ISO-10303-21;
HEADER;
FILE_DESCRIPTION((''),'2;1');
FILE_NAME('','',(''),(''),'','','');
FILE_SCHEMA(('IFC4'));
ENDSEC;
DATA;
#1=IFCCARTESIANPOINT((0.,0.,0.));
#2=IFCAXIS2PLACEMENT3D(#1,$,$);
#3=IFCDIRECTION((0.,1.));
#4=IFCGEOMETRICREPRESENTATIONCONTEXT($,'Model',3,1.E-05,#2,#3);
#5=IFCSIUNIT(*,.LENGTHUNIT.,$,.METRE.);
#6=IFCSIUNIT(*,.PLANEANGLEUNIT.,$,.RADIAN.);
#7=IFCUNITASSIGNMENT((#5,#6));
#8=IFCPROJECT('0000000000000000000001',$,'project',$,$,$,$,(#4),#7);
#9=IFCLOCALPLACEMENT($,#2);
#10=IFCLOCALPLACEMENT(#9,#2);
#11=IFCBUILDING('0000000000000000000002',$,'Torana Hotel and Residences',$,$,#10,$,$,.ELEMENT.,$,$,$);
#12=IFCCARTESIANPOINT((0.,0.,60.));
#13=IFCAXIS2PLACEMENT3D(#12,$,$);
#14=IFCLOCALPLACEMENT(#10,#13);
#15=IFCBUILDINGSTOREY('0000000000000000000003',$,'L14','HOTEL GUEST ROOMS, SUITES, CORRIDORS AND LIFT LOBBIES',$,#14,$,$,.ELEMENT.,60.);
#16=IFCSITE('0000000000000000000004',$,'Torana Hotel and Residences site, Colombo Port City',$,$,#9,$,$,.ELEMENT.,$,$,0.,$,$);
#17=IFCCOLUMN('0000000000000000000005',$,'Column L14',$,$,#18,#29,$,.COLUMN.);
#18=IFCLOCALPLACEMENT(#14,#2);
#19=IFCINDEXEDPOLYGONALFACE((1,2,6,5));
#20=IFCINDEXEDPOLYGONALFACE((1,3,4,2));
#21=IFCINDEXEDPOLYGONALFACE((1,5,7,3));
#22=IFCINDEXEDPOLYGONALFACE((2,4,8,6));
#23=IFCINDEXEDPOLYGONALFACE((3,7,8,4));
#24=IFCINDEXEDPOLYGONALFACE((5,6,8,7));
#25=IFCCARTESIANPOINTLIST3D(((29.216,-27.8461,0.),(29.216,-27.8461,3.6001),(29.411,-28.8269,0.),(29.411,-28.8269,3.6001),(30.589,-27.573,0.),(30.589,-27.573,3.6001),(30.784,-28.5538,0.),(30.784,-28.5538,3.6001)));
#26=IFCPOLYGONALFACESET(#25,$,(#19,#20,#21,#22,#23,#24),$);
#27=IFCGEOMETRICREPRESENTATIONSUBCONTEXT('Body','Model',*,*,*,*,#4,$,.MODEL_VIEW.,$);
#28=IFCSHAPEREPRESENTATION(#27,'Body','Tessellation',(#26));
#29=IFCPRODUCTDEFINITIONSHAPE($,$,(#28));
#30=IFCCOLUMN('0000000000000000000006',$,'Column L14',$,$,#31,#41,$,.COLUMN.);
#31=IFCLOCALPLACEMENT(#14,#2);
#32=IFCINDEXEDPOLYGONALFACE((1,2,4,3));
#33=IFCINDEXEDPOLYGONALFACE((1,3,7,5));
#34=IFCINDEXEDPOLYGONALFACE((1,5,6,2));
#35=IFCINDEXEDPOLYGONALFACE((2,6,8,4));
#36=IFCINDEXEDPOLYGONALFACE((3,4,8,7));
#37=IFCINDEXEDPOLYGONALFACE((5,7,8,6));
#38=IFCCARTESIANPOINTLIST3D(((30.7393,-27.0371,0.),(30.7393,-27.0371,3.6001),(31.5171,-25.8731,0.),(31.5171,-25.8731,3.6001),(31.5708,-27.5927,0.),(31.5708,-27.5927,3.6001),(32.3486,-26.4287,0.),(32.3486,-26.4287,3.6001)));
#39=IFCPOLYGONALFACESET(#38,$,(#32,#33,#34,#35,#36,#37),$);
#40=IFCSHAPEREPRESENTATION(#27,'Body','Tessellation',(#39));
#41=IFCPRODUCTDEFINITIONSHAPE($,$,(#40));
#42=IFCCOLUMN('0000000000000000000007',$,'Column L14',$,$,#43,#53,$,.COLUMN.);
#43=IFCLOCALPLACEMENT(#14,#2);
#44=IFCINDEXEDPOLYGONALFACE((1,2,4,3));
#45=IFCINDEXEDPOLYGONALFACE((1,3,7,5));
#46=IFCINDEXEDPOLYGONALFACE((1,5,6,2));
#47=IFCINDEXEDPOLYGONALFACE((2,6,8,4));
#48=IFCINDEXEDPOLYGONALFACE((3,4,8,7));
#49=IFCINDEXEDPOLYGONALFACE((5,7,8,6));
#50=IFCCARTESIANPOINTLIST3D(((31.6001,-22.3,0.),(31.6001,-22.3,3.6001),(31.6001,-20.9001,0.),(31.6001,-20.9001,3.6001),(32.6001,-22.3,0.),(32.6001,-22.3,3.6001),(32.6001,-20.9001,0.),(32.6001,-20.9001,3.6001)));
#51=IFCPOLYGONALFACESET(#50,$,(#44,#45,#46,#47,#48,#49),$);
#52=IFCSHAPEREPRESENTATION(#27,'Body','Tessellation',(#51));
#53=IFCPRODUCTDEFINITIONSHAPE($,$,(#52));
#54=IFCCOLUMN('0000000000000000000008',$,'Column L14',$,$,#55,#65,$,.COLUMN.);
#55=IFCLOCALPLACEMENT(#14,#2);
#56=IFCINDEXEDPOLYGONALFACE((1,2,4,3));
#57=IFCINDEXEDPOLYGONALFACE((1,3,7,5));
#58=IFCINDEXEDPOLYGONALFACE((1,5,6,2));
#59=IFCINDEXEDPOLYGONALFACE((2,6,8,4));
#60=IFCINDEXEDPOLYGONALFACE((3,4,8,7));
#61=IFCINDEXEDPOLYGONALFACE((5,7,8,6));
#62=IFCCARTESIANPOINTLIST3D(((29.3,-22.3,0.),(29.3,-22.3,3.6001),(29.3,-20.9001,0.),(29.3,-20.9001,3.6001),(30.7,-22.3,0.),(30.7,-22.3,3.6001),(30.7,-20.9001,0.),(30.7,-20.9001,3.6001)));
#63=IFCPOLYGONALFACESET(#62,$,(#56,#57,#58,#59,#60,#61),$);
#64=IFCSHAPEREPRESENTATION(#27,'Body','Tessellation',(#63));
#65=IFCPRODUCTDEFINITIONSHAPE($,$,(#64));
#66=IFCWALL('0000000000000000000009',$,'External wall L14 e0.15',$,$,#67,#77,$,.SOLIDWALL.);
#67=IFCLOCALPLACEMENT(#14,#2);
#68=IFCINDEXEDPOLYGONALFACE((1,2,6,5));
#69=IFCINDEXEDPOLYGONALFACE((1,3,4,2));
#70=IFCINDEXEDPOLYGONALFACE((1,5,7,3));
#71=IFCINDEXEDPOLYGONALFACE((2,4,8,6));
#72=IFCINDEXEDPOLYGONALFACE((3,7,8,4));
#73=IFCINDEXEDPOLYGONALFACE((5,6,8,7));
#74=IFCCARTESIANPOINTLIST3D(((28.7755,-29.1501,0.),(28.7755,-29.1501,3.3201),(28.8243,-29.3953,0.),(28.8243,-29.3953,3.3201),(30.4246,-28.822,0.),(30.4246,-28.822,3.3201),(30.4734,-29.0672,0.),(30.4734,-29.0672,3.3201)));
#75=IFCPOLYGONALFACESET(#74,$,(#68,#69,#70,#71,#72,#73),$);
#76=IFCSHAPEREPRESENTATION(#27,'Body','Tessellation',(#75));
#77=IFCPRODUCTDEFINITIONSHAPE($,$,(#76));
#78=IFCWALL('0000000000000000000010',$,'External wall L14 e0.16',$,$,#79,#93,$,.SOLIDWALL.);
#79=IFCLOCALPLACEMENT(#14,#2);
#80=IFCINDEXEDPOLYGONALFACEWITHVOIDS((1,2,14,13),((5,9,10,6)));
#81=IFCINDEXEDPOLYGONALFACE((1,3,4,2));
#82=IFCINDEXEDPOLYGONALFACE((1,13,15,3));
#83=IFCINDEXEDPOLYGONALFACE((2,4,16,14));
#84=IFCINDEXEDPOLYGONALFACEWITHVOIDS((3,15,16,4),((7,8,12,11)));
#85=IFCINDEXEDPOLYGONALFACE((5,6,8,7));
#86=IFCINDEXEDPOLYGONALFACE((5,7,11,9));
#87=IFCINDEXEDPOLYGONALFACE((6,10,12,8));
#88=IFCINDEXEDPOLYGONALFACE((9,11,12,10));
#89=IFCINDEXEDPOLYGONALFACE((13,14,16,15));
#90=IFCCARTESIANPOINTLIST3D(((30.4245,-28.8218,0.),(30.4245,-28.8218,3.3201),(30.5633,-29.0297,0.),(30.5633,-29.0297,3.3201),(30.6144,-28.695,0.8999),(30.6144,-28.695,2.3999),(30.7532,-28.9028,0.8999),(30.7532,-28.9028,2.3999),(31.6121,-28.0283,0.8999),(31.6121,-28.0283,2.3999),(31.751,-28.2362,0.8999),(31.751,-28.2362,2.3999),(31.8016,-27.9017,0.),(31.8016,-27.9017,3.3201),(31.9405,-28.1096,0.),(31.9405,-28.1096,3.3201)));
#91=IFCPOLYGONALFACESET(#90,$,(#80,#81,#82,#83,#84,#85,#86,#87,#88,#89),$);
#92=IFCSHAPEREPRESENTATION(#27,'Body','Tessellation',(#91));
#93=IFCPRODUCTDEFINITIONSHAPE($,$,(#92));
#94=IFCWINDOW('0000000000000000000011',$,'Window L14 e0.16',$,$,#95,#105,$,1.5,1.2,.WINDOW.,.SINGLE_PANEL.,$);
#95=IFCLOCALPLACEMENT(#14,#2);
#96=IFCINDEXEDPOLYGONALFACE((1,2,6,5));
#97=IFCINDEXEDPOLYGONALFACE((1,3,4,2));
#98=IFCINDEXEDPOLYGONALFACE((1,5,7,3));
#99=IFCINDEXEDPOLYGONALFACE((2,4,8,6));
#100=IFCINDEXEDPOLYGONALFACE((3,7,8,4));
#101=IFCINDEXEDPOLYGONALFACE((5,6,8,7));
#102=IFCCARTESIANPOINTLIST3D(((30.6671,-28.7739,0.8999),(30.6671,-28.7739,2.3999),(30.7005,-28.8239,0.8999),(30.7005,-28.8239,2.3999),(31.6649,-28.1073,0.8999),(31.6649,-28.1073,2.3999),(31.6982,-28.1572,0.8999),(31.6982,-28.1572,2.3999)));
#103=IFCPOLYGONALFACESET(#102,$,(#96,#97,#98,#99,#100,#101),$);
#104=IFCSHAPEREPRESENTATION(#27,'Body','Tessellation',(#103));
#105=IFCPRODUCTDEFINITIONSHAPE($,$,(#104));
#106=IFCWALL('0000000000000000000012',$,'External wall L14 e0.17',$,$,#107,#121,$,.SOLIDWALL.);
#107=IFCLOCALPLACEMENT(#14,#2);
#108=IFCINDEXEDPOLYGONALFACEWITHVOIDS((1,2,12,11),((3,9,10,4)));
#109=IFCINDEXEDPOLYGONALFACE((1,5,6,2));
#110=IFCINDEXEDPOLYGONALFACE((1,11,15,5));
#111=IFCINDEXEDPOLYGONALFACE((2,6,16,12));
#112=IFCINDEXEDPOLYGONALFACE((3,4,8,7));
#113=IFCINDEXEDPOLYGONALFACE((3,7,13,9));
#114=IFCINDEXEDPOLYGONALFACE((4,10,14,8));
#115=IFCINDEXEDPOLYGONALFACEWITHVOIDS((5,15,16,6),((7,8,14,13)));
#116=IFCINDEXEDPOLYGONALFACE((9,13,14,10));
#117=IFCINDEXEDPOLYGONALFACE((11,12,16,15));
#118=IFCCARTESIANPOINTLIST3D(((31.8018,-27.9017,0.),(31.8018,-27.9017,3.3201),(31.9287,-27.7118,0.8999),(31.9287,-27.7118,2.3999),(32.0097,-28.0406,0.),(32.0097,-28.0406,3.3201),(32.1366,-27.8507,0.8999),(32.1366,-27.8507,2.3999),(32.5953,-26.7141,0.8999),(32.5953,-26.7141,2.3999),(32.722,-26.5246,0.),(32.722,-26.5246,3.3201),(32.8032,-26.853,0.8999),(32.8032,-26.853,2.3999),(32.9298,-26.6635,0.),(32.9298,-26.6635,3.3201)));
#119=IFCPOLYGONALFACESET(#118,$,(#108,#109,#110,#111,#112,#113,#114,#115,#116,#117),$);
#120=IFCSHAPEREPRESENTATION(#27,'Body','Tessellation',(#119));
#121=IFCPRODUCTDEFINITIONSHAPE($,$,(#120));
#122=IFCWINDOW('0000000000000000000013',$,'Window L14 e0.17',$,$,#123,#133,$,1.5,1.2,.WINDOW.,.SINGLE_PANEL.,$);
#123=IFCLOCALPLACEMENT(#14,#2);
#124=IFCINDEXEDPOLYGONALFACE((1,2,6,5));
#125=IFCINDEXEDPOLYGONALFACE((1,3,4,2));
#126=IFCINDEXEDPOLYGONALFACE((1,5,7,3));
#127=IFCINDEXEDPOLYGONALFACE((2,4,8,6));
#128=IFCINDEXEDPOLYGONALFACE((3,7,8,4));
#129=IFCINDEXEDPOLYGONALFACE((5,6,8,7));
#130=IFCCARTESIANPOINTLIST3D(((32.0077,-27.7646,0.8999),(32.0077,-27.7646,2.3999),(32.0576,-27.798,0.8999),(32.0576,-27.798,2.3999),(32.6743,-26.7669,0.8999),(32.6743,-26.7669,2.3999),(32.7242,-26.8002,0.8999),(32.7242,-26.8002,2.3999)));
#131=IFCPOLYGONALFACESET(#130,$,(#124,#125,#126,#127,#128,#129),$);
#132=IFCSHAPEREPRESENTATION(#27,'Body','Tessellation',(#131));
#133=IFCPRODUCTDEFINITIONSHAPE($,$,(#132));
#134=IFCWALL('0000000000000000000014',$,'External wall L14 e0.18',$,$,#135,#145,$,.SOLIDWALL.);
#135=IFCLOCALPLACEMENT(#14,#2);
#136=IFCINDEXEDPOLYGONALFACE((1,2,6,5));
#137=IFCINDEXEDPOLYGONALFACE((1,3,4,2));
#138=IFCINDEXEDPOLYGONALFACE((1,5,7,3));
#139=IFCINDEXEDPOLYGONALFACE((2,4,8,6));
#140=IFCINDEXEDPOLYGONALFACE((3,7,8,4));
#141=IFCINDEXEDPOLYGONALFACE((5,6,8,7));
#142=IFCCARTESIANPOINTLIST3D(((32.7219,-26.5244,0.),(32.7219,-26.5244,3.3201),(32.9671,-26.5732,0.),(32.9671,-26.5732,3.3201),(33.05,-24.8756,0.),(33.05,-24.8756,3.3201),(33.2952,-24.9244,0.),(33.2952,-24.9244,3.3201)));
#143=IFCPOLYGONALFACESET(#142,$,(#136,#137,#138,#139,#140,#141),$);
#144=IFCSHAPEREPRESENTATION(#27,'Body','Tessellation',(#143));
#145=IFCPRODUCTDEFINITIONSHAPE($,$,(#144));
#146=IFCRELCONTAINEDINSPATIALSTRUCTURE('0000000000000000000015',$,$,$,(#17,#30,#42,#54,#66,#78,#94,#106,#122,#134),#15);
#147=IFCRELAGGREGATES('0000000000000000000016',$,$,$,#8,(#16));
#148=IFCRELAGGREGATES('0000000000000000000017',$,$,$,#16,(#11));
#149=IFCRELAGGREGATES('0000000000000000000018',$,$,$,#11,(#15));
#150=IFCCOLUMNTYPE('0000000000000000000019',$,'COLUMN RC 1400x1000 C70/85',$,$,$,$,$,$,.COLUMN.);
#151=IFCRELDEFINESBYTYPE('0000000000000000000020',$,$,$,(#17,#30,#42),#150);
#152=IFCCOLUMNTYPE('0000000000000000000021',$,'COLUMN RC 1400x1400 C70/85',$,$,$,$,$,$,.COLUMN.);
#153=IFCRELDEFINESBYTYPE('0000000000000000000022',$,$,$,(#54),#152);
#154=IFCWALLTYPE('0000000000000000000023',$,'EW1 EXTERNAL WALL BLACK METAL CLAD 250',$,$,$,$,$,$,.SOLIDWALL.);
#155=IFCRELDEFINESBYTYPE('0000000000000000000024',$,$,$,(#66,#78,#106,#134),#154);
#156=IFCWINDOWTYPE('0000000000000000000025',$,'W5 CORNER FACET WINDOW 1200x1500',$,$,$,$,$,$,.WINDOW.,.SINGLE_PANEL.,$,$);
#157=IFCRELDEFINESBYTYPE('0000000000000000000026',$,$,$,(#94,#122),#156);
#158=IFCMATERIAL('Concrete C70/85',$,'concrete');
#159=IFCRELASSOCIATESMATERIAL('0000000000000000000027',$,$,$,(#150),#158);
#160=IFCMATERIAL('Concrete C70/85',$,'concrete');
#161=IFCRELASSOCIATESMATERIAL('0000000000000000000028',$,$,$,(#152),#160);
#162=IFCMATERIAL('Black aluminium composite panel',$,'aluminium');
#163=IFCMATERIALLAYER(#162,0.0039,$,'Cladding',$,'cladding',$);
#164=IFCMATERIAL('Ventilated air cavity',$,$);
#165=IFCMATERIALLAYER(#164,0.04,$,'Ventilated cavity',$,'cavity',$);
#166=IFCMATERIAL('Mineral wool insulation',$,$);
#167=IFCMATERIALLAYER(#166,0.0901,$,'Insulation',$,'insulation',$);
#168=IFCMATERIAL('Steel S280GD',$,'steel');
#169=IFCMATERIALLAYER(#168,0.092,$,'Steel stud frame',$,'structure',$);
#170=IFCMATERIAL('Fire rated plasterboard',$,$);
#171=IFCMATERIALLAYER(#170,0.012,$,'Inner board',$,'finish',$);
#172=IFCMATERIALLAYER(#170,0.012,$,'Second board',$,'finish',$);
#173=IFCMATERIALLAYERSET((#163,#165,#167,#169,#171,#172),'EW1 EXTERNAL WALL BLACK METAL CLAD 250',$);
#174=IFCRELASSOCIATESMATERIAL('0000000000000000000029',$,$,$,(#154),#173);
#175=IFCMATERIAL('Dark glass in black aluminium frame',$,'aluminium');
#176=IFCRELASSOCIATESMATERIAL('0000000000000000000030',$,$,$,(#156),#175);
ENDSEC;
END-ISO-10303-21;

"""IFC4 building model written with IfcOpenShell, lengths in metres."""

from ifc_helpers import new_model, si_unit, direction, frame, frame_2d, origin, origin_2d, place, context, subcontext, project, spatial, rectangle, extrude, material, layer, layer_set, material_profile, profile_set, type_object, element, fill, save


model = new_model("IFC4")

# Units and contexts
model_context = context("Model", 3, precision=1e-05, world=origin(), true_north=direction((0.0, 1.0)))
body_context = subcontext(model_context, "Body", "Model", "MODEL_VIEW")
ifc_project = project(units=[si_unit("LENGTHUNIT", "METRE"), si_unit("PLANEANGLEUNIT", "RADIAN")], contexts=[model_context])

# Site, building, storey
site_placement = place(None, origin())
site = spatial("IfcSite", under=ifc_project, at=site_placement, Name="Torana Hotel and Residences site, Colombo Port City", CompositionType="ELEMENT", RefElevation=0.0)
building_placement = place(site_placement, origin())
building = spatial("IfcBuilding", under=site, at=building_placement, Name="Torana Hotel and Residences", CompositionType="ELEMENT")
storey_placement = place(building_placement, frame((0.0, 0.0, 60.0)))
storey = spatial("IfcBuildingStorey", under=building, at=storey_placement, Name="L14", Description="HOTEL GUEST ROOMS, SUITES, CORRIDORS AND LIFT LOBBIES", CompositionType="ELEMENT", Elevation=60.0)

# Columns
ifc_material_1 = material(Name="Concrete C70/85", Category="concrete")
ifc_material_profile_1 = material_profile(ifc_material_1, rectangle(XDim=1.3999, YDim=1.0, at=origin_2d()), Name="RC 1400x1000")
ifc_profile_set_1 = profile_set([ifc_material_profile_1], Name="Concrete C70/85")
column_type_1 = type_object("IfcColumnType", Name="COLUMN RC 1400x1000 C70/85", PredefinedType="COLUMN", material=ifc_profile_set_1)
for number, where, z_axis, x_axis, name in (
    (1, (30.0, -28.2, 0.0), (0.0, 0.0, 1.0), (0.980792, 0.195056, 0.0), "Column L14"),
    (2, (31.5439, -26.7329, 0.0), (0.0, 0.0, 1.0), (0.555585, 0.83146, 0.0), "Column L14"),
    (3, (32.1001, -21.6001, 0.0), (0.0, 0.0, 1.0), (0.0, 1.0, 0.0), "Column L14"),
):
    element("IfcColumn", number, at=place(storey_placement, frame(where, z_axis=z_axis, x_axis=x_axis)), inside=storey, type_object=column_type_1, Name=name, PredefinedType="COLUMN", context=body_context, shape_type="SweptSolid", body=[
        extrude(rectangle(XDim=1.3999, YDim=1.0, at=origin_2d()), origin(), (0.0, 0.0, 1.0), 3.6001),
    ])
ifc_material_2 = material(Name="Concrete C70/85", Category="concrete")
ifc_material_profile_2 = material_profile(ifc_material_2, rectangle(XDim=1.3999, YDim=1.3999, at=origin_2d()), Name="RC 1400x1400")
ifc_profile_set_2 = profile_set([ifc_material_profile_2], Name="Concrete C70/85")
column_type_2 = type_object("IfcColumnType", Name="COLUMN RC 1400x1400 C70/85", PredefinedType="COLUMN", material=ifc_profile_set_2)
column_placement = place(storey_placement, frame((30.0, -21.6001, 0.0), z_axis=(0.0, 0.0, 1.0), x_axis=(1.0, 0.0, 0.0)))
element("IfcColumn", 4, at=column_placement, inside=storey, type_object=column_type_2, Name="Column L14", PredefinedType="COLUMN", context=body_context, shape_type="SweptSolid", body=[
    extrude(rectangle(XDim=1.3999, YDim=1.3999, at=origin_2d()), origin(), (0.0, 0.0, 1.0), 3.6001),
])

# Wall
ifc_material_3 = material(Name="Black aluminium composite panel", Category="aluminium")
ifc_layer_1 = layer(ifc_material_3, 0.0039, Name="Cladding", Category="cladding")
ifc_material_4 = material(Name="Ventilated air cavity")
ifc_layer_2 = layer(ifc_material_4, 0.04, Name="Ventilated cavity", Category="cavity")
ifc_material_5 = material(Name="Mineral wool insulation")
ifc_layer_3 = layer(ifc_material_5, 0.0901, Name="Insulation", Category="insulation")
ifc_material_6 = material(Name="Steel S280GD", Category="steel")
ifc_layer_4 = layer(ifc_material_6, 0.092, Name="Steel stud frame", Category="structure")
ifc_material_7 = material(Name="Fire rated plasterboard")
ifc_layer_5 = layer(ifc_material_7, 0.012, Name="Inner board", Category="finish")
ifc_layer_6 = layer(ifc_material_7, 0.012, Name="Second board", Category="finish")
ifc_layer_set_1 = layer_set([ifc_layer_1, ifc_layer_2, ifc_layer_3, ifc_layer_4, ifc_layer_5, ifc_layer_6], Name="EW1 EXTERNAL WALL BLACK METAL CLAD 250")
wall_type_1 = type_object("IfcWallType", Name="EW1 EXTERNAL WALL BLACK METAL CLAD 250", PredefinedType="SOLIDWALL", material=ifc_layer_set_1)
wall_1_placement = place(storey_placement, frame((28.7998, -29.2727, 0.0), z_axis=(0.0, 0.0, 1.0), x_axis=(0.980776, 0.195139, 0.0)))
element("IfcWall", 5, at=wall_1_placement, inside=storey, type_object=wall_type_1, Name="External wall L14 e0.15", PredefinedType="SOLIDWALL", context=body_context, shape_type="SweptSolid", body=[
    extrude(rectangle(XDim=1.6814, YDim=0.25, at=frame_2d((0.8408, 0.0))), origin(), (0.0, 0.0, 1.0), 3.3201),
])

# Walls, openings, windows
wall_2_placement = place(storey_placement, frame((30.4939, -28.9258, 0.0), z_axis=(0.0, 0.0, 1.0), x_axis=(0.831483, 0.55555, 0.0)))
wall_2 = element("IfcWall", 6, at=wall_2_placement, inside=storey, type_object=wall_type_1, Name="External wall L14 e0.16", PredefinedType="SOLIDWALL", context=body_context, shape_type="SweptSolid", body=[
    extrude(rectangle(XDim=1.6562, YDim=0.25, at=frame_2d((0.8281, 0.0))), origin(), (0.0, 0.0, 1.0), 3.3201),
])
opening_1_placement = place(wall_2_placement, frame((0.2283, 0.0, 0.8999)))
opening_1 = element("IfcOpeningElement", 7, at=opening_1_placement, cuts=wall_2, PredefinedType="OPENING", context=body_context, shape_type="SweptSolid", body=[
    extrude(rectangle(XDim=1.2, YDim=1.5, at=frame_2d((0.6001, 0.75))), frame((0.0, 0.135, 0.0), z_axis=(0.0, -1.0, 0.0), x_axis=(1.0, 0.0, 0.0)), (0.0, 0.0, 1.0), 0.27),
])
ifc_material_8 = material(Name="Dark glass in black aluminium frame", Category="aluminium")
window_type_1 = type_object("IfcWindowType", Name="W5 CORNER FACET WINDOW 1200x1500", PartitioningType="SINGLE_PANEL", PredefinedType="WINDOW", material=ifc_material_8)
window_1_placement = place(opening_1_placement, origin())
window_1 = element("IfcWindow", 8, at=window_1_placement, inside=storey, type_object=window_type_1, Name="Window L14 e0.16", OverallHeight=1.5, OverallWidth=1.2, PartitioningType="SINGLE_PANEL", PredefinedType="WINDOW", context=body_context, shape_type="SweptSolid", body=[
    extrude(rectangle(XDim=1.2, YDim=1.5, at=frame_2d((0.6001, 0.75))), frame((0.0, 0.03, 0.0), z_axis=(0.0, -1.0, 0.0), x_axis=(1.0, 0.0, 0.0)), (0.0, 0.0, 1.0), 0.0601),
])
fill(opening_1, window_1)
wall_3_placement = place(storey_placement, frame((31.9058, -27.9712, 0.0), z_axis=(0.0, 0.0, 1.0), x_axis=(0.55555, 0.831483, 0.0)))
wall_3 = element("IfcWall", 9, at=wall_3_placement, inside=storey, type_object=wall_type_1, Name="External wall L14 e0.17", PredefinedType="SOLIDWALL", context=body_context, shape_type="SweptSolid", body=[
    extrude(rectangle(XDim=1.6562, YDim=0.25, at=frame_2d((0.8281, 0.0))), origin(), (0.0, 0.0, 1.0), 3.3201),
])
opening_2_placement = place(wall_3_placement, frame((0.2283, 0.0, 0.8999)))
opening_2 = element("IfcOpeningElement", 10, at=opening_2_placement, cuts=wall_3, PredefinedType="OPENING", context=body_context, shape_type="SweptSolid", body=[
    extrude(rectangle(XDim=1.2, YDim=1.5, at=frame_2d((0.6001, 0.75))), frame((0.0, 0.135, 0.0), z_axis=(0.0, -1.0, 0.0), x_axis=(1.0, 0.0, 0.0)), (0.0, 0.0, 1.0), 0.27),
])
window_2_placement = place(opening_2_placement, origin())
window_2 = element("IfcWindow", 11, at=window_2_placement, inside=storey, type_object=window_type_1, Name="Window L14 e0.17", OverallHeight=1.5, OverallWidth=1.2, PartitioningType="SINGLE_PANEL", PredefinedType="WINDOW", context=body_context, shape_type="SweptSolid", body=[
    extrude(rectangle(XDim=1.2, YDim=1.5, at=frame_2d((0.6001, 0.75))), frame((0.0, 0.03, 0.0), z_axis=(0.0, -1.0, 0.0), x_axis=(1.0, 0.0, 0.0)), (0.0, 0.0, 1.0), 0.0601),
])
fill(opening_2, window_2)

# Wall
wall_4_placement = place(storey_placement, frame((32.8445, -26.5488, 0.0), z_axis=(0.0, 0.0, 1.0), x_axis=(0.195167, 0.98077, 0.0)))
element("IfcWall", 12, at=wall_4_placement, inside=storey, type_object=wall_type_1, Name="External wall L14 e0.18", PredefinedType="SOLIDWALL", context=body_context, shape_type="SweptSolid", body=[
    extrude(rectangle(XDim=1.6812, YDim=0.25, at=frame_2d((0.8406, 0.0))), origin(), (0.0, 0.0, 1.0), 3.3201),
])

save(model, "model.ifc")
